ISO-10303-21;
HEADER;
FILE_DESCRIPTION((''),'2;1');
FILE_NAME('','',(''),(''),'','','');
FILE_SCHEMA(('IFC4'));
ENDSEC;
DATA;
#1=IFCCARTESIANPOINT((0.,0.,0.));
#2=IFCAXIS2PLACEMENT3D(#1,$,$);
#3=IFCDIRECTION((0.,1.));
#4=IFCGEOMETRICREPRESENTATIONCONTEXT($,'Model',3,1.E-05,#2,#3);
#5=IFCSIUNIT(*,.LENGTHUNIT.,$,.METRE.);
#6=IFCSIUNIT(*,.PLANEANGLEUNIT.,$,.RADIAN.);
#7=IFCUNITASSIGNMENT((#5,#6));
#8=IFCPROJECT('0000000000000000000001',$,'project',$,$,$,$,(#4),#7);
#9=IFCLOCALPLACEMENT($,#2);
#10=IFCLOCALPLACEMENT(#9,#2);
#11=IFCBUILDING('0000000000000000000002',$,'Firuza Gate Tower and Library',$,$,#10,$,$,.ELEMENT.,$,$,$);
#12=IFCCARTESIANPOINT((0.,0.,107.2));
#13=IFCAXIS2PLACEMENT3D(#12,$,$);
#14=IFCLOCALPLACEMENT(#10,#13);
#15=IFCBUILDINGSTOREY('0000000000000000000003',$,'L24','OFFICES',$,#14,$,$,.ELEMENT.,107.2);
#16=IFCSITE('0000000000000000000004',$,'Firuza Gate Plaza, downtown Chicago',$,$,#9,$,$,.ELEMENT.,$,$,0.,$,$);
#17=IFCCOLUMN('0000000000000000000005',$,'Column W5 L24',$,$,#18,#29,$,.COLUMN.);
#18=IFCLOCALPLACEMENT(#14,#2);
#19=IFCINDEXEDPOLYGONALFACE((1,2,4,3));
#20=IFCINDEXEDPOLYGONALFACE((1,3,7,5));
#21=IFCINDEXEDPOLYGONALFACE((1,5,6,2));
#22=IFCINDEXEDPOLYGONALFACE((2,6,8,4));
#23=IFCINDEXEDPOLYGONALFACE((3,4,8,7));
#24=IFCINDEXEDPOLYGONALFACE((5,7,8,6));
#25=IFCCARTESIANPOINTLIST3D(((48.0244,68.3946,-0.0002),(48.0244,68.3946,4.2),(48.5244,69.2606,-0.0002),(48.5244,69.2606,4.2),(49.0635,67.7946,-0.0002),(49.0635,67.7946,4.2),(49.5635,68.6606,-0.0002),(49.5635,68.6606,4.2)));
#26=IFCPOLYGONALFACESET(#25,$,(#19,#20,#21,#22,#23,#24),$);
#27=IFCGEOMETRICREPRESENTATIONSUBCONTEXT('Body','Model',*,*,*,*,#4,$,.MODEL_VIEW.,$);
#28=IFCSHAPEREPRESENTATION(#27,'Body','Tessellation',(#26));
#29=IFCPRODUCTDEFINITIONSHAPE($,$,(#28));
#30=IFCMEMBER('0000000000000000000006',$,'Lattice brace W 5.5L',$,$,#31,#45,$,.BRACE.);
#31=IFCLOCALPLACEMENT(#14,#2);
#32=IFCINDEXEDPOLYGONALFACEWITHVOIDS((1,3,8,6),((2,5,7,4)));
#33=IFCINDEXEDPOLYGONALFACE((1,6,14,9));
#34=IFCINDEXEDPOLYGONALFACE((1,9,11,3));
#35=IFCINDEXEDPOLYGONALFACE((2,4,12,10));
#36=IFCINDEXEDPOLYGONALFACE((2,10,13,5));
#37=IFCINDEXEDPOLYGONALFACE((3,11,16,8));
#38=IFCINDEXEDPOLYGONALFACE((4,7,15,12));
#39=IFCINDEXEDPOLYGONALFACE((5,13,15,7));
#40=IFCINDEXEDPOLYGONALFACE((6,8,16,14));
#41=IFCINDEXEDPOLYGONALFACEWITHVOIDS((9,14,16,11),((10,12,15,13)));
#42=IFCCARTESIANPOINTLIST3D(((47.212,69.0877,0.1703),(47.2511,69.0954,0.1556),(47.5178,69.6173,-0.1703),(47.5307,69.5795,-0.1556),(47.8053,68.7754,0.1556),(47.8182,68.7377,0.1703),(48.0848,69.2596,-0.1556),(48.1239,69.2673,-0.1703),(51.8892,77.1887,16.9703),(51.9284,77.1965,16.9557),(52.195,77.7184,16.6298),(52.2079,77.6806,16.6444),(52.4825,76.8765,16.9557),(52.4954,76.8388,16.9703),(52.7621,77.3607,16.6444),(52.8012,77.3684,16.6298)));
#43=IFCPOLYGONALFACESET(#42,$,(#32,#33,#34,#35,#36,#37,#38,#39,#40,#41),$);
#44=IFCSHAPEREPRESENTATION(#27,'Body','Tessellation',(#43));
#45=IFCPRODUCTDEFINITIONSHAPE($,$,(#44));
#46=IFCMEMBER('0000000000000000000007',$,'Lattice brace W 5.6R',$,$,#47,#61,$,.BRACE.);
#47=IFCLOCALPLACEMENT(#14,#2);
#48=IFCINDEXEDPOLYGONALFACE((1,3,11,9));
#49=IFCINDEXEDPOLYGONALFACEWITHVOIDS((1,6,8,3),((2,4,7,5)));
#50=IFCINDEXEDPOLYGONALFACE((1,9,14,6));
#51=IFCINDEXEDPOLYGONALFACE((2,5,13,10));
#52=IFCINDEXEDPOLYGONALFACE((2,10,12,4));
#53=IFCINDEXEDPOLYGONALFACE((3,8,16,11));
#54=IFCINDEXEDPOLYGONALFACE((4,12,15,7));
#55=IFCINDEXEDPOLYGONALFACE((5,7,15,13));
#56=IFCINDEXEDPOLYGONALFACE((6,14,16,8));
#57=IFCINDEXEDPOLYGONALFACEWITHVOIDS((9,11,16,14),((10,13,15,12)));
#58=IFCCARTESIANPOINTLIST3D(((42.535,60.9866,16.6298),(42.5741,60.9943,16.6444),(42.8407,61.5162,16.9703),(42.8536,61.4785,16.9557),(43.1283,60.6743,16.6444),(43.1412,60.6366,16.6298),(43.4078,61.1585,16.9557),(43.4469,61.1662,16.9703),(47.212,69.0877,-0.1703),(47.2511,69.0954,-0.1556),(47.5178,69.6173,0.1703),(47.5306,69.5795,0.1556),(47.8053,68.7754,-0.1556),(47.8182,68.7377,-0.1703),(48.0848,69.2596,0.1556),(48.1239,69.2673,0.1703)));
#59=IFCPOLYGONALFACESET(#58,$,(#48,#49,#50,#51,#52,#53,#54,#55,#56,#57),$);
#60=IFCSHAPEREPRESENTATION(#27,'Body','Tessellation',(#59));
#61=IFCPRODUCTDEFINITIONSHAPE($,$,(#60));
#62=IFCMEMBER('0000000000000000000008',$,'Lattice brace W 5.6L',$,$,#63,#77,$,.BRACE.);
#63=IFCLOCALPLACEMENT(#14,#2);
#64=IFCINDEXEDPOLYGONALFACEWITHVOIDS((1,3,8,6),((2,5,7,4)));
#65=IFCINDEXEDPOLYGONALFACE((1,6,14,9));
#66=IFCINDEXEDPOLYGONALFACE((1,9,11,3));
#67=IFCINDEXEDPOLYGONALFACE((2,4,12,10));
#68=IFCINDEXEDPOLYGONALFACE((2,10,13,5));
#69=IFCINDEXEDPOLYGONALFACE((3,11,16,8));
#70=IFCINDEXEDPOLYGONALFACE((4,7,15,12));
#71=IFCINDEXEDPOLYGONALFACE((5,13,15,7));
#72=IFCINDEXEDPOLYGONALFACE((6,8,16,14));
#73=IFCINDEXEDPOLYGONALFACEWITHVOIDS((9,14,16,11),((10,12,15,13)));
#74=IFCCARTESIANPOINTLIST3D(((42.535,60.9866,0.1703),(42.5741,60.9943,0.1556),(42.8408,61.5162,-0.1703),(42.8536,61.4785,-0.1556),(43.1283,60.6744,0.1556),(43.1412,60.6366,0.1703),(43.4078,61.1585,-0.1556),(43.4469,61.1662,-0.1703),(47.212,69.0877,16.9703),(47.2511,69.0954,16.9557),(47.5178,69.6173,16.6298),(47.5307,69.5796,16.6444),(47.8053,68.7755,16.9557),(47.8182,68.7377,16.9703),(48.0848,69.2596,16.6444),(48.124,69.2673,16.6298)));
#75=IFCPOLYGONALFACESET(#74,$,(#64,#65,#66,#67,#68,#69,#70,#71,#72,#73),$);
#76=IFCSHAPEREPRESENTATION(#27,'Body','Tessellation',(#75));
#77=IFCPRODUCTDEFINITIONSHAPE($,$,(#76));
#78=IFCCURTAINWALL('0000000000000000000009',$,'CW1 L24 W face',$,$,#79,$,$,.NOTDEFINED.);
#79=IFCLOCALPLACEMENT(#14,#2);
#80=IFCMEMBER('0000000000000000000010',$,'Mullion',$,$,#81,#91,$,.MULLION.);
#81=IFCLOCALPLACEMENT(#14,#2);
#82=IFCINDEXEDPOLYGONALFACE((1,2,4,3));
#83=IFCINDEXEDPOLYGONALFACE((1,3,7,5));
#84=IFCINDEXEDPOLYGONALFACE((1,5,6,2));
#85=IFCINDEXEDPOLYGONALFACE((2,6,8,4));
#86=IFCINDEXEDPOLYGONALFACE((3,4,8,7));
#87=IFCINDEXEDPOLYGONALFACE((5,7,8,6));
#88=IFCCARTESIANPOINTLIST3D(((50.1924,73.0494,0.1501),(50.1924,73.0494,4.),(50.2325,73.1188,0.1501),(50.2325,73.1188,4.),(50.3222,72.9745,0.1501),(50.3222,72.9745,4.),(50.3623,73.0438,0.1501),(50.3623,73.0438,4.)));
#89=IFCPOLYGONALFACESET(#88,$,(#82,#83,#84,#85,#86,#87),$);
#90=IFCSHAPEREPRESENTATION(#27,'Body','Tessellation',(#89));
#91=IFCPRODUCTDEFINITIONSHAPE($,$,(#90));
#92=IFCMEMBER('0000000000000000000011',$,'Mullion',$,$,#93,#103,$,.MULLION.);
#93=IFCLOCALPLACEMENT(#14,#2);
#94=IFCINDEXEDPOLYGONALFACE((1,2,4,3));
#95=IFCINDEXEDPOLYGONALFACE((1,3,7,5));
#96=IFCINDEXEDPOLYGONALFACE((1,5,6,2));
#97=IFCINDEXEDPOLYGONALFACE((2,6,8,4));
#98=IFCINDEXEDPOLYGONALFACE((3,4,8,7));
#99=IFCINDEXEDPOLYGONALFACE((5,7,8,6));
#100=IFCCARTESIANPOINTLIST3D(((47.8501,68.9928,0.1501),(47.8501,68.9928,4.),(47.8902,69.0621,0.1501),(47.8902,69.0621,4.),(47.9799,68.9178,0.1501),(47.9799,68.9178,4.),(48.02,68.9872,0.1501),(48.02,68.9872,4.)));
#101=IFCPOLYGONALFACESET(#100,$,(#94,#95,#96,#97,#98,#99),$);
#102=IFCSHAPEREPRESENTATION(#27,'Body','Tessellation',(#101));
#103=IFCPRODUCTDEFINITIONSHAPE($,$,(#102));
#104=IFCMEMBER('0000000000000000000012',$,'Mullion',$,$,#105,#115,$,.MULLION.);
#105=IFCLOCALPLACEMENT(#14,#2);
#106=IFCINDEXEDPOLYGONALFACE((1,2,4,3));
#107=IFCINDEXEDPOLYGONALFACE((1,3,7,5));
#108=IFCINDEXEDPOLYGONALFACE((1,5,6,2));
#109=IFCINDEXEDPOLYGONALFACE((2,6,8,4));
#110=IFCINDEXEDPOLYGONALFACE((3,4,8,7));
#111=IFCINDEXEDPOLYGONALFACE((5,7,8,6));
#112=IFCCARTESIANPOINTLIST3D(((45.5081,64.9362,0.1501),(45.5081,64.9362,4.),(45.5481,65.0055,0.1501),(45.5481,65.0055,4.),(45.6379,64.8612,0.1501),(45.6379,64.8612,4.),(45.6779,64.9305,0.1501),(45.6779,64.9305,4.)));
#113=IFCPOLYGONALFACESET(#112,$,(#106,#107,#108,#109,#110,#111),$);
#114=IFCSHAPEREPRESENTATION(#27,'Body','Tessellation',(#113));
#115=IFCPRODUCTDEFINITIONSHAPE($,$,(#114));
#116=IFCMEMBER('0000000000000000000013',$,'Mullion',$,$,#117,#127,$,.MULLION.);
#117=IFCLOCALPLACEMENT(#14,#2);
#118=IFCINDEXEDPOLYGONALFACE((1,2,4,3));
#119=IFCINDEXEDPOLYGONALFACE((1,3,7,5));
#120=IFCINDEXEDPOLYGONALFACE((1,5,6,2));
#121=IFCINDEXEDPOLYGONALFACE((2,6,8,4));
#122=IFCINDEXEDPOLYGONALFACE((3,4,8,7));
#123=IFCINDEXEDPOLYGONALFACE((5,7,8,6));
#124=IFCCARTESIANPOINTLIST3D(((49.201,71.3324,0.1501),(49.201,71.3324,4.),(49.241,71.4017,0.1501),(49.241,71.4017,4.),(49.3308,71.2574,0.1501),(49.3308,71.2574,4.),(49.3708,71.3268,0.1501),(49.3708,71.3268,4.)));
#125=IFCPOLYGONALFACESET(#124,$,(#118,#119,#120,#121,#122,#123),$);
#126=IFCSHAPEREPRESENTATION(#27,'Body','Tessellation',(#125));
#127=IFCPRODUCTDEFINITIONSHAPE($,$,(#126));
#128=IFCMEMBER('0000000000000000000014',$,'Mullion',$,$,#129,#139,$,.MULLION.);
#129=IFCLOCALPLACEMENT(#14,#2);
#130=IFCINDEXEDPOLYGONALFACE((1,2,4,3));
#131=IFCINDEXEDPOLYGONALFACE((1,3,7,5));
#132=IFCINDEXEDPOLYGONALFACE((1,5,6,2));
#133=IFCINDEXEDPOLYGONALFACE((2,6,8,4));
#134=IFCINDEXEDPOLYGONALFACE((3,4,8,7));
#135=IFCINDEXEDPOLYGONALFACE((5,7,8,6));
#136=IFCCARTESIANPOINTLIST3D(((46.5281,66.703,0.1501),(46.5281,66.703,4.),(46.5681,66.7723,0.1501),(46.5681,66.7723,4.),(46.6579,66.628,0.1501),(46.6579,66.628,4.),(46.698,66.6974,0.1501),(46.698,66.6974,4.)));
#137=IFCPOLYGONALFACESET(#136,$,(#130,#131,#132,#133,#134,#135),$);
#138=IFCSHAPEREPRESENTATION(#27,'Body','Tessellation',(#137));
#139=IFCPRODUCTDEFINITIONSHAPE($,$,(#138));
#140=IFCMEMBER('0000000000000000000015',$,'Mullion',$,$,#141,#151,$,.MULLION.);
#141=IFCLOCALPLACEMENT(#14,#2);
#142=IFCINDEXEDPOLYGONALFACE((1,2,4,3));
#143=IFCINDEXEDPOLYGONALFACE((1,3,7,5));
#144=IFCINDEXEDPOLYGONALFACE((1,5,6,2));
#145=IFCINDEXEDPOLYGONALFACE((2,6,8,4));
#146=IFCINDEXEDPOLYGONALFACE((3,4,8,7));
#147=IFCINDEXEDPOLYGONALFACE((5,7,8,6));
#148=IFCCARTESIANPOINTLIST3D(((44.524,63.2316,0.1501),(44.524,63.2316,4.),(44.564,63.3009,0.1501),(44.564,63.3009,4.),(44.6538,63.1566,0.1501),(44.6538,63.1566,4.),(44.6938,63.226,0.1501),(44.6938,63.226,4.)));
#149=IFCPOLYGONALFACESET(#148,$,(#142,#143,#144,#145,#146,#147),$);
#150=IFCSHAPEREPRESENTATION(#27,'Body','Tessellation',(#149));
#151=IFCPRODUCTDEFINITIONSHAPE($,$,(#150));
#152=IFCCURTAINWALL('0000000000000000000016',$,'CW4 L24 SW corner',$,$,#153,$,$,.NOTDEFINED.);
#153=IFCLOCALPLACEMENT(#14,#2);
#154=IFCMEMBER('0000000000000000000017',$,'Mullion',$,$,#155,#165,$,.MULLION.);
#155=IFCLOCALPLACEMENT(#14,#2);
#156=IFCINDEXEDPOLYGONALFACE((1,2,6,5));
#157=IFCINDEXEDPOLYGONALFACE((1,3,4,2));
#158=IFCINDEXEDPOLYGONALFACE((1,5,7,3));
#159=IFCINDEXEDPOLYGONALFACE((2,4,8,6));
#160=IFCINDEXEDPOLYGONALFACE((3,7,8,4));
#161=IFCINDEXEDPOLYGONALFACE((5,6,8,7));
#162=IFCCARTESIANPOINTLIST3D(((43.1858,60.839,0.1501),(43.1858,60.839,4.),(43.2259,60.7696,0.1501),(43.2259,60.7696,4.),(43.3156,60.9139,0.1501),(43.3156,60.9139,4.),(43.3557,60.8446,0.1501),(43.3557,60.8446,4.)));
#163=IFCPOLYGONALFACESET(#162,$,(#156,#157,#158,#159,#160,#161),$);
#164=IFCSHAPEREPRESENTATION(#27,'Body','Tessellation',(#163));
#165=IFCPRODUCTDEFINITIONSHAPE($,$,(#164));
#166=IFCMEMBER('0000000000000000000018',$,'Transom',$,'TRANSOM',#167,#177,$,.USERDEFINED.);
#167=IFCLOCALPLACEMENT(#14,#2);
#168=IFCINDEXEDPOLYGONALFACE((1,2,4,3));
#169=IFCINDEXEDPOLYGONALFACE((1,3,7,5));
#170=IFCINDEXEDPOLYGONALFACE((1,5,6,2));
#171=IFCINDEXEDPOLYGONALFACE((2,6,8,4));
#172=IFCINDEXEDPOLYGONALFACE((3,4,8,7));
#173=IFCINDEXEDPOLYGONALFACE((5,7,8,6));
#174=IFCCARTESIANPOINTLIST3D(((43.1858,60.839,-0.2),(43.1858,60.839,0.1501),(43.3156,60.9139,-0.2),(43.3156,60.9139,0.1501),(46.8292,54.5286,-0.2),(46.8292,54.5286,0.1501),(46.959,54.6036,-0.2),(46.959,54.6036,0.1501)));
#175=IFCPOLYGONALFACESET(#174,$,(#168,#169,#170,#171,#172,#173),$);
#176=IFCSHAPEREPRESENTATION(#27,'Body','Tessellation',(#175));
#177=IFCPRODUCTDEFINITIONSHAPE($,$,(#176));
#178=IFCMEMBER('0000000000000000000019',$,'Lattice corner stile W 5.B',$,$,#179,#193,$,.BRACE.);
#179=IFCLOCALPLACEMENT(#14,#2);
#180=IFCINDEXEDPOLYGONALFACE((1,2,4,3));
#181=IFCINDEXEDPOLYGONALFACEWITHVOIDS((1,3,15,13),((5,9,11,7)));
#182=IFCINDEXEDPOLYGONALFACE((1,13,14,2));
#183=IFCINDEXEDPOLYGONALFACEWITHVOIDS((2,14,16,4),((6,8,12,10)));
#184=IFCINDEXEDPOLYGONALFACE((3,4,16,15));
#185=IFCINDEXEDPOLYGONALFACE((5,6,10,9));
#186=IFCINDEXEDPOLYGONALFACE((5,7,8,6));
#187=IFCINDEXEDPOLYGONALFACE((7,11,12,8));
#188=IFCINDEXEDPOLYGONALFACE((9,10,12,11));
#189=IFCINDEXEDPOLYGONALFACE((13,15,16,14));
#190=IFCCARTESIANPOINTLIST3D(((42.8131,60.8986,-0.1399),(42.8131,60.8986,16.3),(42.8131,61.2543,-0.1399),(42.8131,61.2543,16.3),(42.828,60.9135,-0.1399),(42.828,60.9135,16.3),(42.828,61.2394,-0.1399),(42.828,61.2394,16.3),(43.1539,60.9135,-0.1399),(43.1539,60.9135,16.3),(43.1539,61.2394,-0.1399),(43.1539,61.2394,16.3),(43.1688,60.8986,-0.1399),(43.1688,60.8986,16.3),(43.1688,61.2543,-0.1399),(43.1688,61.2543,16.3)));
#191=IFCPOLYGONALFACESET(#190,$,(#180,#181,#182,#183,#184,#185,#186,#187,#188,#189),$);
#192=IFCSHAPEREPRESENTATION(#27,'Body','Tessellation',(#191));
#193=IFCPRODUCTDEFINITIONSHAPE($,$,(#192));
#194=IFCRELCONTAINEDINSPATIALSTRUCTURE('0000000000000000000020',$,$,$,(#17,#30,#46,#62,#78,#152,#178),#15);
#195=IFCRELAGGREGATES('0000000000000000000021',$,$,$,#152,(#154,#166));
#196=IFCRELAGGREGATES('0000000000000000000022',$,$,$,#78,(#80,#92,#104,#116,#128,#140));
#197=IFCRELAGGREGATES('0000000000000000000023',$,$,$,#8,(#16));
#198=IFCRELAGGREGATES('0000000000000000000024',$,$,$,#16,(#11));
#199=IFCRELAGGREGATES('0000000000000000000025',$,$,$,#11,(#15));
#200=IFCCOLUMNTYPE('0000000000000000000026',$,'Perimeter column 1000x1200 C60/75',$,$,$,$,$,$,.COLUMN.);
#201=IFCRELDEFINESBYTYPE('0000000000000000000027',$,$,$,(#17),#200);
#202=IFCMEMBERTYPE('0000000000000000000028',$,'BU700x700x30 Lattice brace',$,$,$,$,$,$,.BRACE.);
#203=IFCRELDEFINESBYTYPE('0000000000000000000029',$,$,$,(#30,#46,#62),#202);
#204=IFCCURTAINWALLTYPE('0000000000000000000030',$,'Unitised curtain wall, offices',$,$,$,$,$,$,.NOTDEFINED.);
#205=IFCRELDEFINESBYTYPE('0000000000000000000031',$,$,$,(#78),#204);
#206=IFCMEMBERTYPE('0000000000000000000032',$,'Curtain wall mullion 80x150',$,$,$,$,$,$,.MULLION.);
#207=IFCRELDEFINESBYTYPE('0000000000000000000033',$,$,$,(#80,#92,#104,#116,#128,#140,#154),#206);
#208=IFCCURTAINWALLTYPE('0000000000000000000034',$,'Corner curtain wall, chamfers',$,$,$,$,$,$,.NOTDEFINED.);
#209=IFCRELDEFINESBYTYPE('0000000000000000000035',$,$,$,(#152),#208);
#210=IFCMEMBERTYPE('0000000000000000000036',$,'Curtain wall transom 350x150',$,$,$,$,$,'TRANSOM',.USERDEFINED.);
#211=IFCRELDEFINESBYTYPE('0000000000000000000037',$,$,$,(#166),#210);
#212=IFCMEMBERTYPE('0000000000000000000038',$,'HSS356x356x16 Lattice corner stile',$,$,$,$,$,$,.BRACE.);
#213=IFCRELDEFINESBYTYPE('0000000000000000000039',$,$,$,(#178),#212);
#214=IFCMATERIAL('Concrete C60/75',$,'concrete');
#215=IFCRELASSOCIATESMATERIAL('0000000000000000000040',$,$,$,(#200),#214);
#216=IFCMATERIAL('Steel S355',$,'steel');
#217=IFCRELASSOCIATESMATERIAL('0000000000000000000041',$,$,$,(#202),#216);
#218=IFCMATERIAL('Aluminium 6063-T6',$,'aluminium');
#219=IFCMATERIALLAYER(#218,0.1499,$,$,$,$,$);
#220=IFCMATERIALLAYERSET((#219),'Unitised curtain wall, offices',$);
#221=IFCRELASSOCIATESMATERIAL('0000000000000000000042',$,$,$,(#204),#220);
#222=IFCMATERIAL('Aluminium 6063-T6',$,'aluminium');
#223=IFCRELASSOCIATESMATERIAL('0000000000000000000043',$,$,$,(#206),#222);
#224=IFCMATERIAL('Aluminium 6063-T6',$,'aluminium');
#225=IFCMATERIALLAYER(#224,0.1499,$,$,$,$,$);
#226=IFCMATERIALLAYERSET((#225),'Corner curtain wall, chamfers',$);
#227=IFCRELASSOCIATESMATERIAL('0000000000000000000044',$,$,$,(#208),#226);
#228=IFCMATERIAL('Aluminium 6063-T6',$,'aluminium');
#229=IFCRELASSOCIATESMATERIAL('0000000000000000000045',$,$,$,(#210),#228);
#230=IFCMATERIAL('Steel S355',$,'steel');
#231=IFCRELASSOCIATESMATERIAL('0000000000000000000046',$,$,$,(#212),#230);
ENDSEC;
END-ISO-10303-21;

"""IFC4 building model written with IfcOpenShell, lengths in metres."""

from ifc_helpers import new_model, si_unit, direction, frame, origin, origin_2d, place, context, subcontext, project, spatial, rectangle, hollow_rectangle, extrude, material, layer, layer_set, material_profile, profile_set, type_object, element, aggregate, save


model = new_model("IFC4")

# Units and contexts
model_context = context("Model", 3, precision=1e-05, world=origin(), true_north=direction((0.0, 1.0)))
body_context = subcontext(model_context, "Body", "Model", "MODEL_VIEW")
ifc_project = project(units=[si_unit("LENGTHUNIT", "METRE"), si_unit("PLANEANGLEUNIT", "RADIAN")], contexts=[model_context])

# Site, building, storey
site_placement = place(None, origin())
site = spatial("IfcSite", under=ifc_project, at=site_placement, Name="Firuza Gate Plaza, downtown Chicago", CompositionType="ELEMENT", RefElevation=0.0)
building_placement = place(site_placement, origin())
building = spatial("IfcBuilding", under=site, at=building_placement, Name="Firuza Gate Tower and Library", CompositionType="ELEMENT")
storey_placement = place(building_placement, frame((0.0, 0.0, 107.2)))
storey = spatial("IfcBuildingStorey", under=building, at=storey_placement, Name="L24", Description="OFFICES", CompositionType="ELEMENT", Elevation=107.2)

# Column
ifc_material_1 = material(Name="Concrete C60/75", Category="concrete")
ifc_material_profile_1 = material_profile(ifc_material_1, rectangle(XDim=1.0, YDim=1.2, at=origin_2d()))
ifc_profile_set_1 = profile_set([ifc_material_profile_1], Name="Concrete C60/75")
column_type = type_object("IfcColumnType", Name="Perimeter column 1000x1200 C60/75", PredefinedType="COLUMN", material=ifc_profile_set_1)
column_placement = place(storey_placement, frame((48.7939, 68.5276, -0.0002), z_axis=(0.0, 0.0, 1.0), x_axis=(-0.5, -0.866025, 0.0)))
element("IfcColumn", 1, at=column_placement, inside=storey, type_object=column_type, Name="Column W5 L24", PredefinedType="COLUMN", context=body_context, shape_type="SweptSolid", body=[
    extrude(rectangle(XDim=1.0, YDim=1.2, at=origin_2d()), origin(), (0.0, 0.0, 1.0), 4.2002),
])

# Members
ifc_material_2 = material(Name="Steel S355", Category="steel")
ifc_material_profile_2 = material_profile(ifc_material_2, hollow_rectangle(XDim=0.7, YDim=0.7, WallThickness=0.03, at=origin_2d()))
ifc_profile_set_2 = profile_set([ifc_material_profile_2], Name="Steel S355")
member_type_1 = type_object("IfcMemberType", Name="BU700x700x30 Lattice brace", PredefinedType="BRACE", material=ifc_profile_set_2)
for number, where, z_axis, x_axis, name in (
    (2, (47.668, 69.1775, 0.0), (0.243242, 0.4213, 0.873693), (-0.866021, 0.500007, 0.0), "Lattice brace W 5.5L"),
    (3, (47.668, 69.1775, 0.0), (-0.24323, -0.421301, 0.873696), (0.866033, -0.499988, 0.0), "Lattice brace W 5.6R"),
    (4, (42.991, 61.0764, 0.0), (0.24323, 0.421301, 0.873696), (-0.866033, 0.499988, 0.0), "Lattice brace W 5.6L"),
):
    element("IfcMember", number, at=place(storey_placement, frame(where, z_axis=z_axis, x_axis=x_axis)), inside=storey, type_object=member_type_1, Name=name, PredefinedType="BRACE", context=body_context, shape_type="SweptSolid", body=[
        extrude(hollow_rectangle(XDim=0.7, YDim=0.7, WallThickness=0.03, at=origin_2d()), origin(), (0.0, 0.0, 1.0), 19.2288),
    ])

# Curtain walls, members
ifc_material_3 = material(Name="Aluminium 6063-T6", Category="aluminium")
ifc_layer_1 = layer(ifc_material_3, 0.1499)
ifc_layer_set_1 = layer_set([ifc_layer_1], Name="Unitised curtain wall, offices")
curtain_wall_type_1 = type_object("IfcCurtainWallType", Name="Unitised curtain wall, offices", PredefinedType="NOTDEFINED", material=ifc_layer_set_1)
placement = place(storey_placement, origin())
curtain_wall_1 = element("IfcCurtainWall", 5, at=placement, inside=storey, type_object=curtain_wall_type_1, Name="CW1 L24 W face", PredefinedType="NOTDEFINED")
ifc_material_4 = material(Name="Aluminium 6063-T6", Category="aluminium")
ifc_material_profile_3 = material_profile(ifc_material_4, rectangle(XDim=0.1499, YDim=0.0801, at=origin_2d()))
ifc_profile_set_3 = profile_set([ifc_material_profile_3], Name="Aluminium 6063-T6")
member_type_2 = type_object("IfcMemberType", Name="Curtain wall mullion 80x150", PredefinedType="MULLION", material=ifc_profile_set_3)
member_1_placement = place(storey_placement, frame((50.2773, 73.0466, 0.1501), z_axis=(0.0, 0.0, 1.0), x_axis=(0.866025, -0.5, 0.0)))
member_1 = element("IfcMember", 6, at=member_1_placement, type_object=member_type_2, Name="Mullion", PredefinedType="MULLION", context=body_context, shape_type="SweptSolid", body=[
    extrude(rectangle(XDim=0.1499, YDim=0.0801, at=origin_2d()), origin(), (0.0, 0.0, 1.0), 3.8499),
])
member_2_placement = place(storey_placement, frame((47.9351, 68.99, 0.1501), z_axis=(0.0, 0.0, 1.0), x_axis=(0.866025, -0.5, 0.0)))
member_2 = element("IfcMember", 7, at=member_2_placement, type_object=member_type_2, Name="Mullion", PredefinedType="MULLION", context=body_context, shape_type="SweptSolid", body=[
    extrude(rectangle(XDim=0.1499, YDim=0.0801, at=origin_2d()), origin(), (0.0, 0.0, 1.0), 3.8499),
])
member_3_placement = place(storey_placement, frame((45.593, 64.9333, 0.1501), z_axis=(0.0, 0.0, 1.0), x_axis=(0.866025, -0.5, 0.0)))
member_3 = element("IfcMember", 8, at=member_3_placement, type_object=member_type_2, Name="Mullion", PredefinedType="MULLION", context=body_context, shape_type="SweptSolid", body=[
    extrude(rectangle(XDim=0.1499, YDim=0.0801, at=origin_2d()), origin(), (0.0, 0.0, 1.0), 3.8499),
])
member_4_placement = place(storey_placement, frame((49.2859, 71.3296, 0.1501), z_axis=(0.0, 0.0, 1.0), x_axis=(0.866025, -0.5, 0.0)))
member_4 = element("IfcMember", 9, at=member_4_placement, type_object=member_type_2, Name="Mullion", PredefinedType="MULLION", context=body_context, shape_type="SweptSolid", body=[
    extrude(rectangle(XDim=0.1499, YDim=0.0801, at=origin_2d()), origin(), (0.0, 0.0, 1.0), 3.8499),
])
member_5_placement = place(storey_placement, frame((46.613, 66.7002, 0.1501), z_axis=(0.0, 0.0, 1.0), x_axis=(0.866025, -0.5, 0.0)))
member_5 = element("IfcMember", 10, at=member_5_placement, type_object=member_type_2, Name="Mullion", PredefinedType="MULLION", context=body_context, shape_type="SweptSolid", body=[
    extrude(rectangle(XDim=0.1499, YDim=0.0801, at=origin_2d()), origin(), (0.0, 0.0, 1.0), 3.8499),
])
member_6_placement = place(storey_placement, frame((44.6089, 63.2288, 0.1501), z_axis=(0.0, 0.0, 1.0), x_axis=(0.866025, -0.5, 0.0)))
member_6 = element("IfcMember", 11, at=member_6_placement, type_object=member_type_2, Name="Mullion", PredefinedType="MULLION", context=body_context, shape_type="SweptSolid", body=[
    extrude(rectangle(XDim=0.1499, YDim=0.0801, at=origin_2d()), origin(), (0.0, 0.0, 1.0), 3.8499),
])
ifc_material_5 = material(Name="Aluminium 6063-T6", Category="aluminium")
ifc_layer_2 = layer(ifc_material_5, 0.1499)
ifc_layer_set_2 = layer_set([ifc_layer_2], Name="Corner curtain wall, chamfers")
curtain_wall_type_2 = type_object("IfcCurtainWallType", Name="Corner curtain wall, chamfers", PredefinedType="NOTDEFINED", material=ifc_layer_set_2)
curtain_wall_2 = element("IfcCurtainWall", 12, at=placement, inside=storey, type_object=curtain_wall_type_2, Name="CW4 L24 SW corner", PredefinedType="NOTDEFINED")
member_7_placement = place(storey_placement, frame((43.2708, 60.8418, 0.1501), z_axis=(0.0, 0.0, 1.0), x_axis=(0.866025, 0.5, 0.0)))
member_7 = element("IfcMember", 13, at=member_7_placement, type_object=member_type_2, Name="Mullion", PredefinedType="MULLION", context=body_context, shape_type="SweptSolid", body=[
    extrude(rectangle(XDim=0.1499, YDim=0.0801, at=origin_2d()), origin(), (0.0, 0.0, 1.0), 3.8499),
])
ifc_material_6 = material(Name="Aluminium 6063-T6", Category="aluminium")
ifc_material_profile_4 = material_profile(ifc_material_6, rectangle(XDim=0.1499, YDim=0.3501, at=origin_2d()))
ifc_profile_set_4 = profile_set([ifc_material_profile_4], Name="Aluminium 6063-T6")
member_type_3 = type_object("IfcMemberType", Name="Curtain wall transom 350x150", ElementType="TRANSOM", PredefinedType="USERDEFINED", material=ifc_profile_set_4)
member_8_placement = place(storey_placement, frame((43.2507, 60.8765, -0.0249), z_axis=(0.500006, -0.866022, 0.0), x_axis=(0.866022, 0.500006, 0.0)))
member_8 = element("IfcMember", 14, at=member_8_placement, type_object=member_type_3, Name="Transom", ObjectType="TRANSOM", PredefinedType="USERDEFINED", context=body_context, shape_type="SweptSolid", body=[
    extrude(rectangle(XDim=0.1499, YDim=0.3501, at=origin_2d()), origin(), (0.0, 0.0, 1.0), 7.2866),
])

# Member
ifc_material_7 = material(Name="Steel S355", Category="steel")
ifc_material_profile_5 = material_profile(ifc_material_7, hollow_rectangle(XDim=0.3557, YDim=0.3557, WallThickness=0.0149, at=origin_2d()))
ifc_profile_set_5 = profile_set([ifc_material_profile_5], Name="Steel S355")
member_type_4 = type_object("IfcMemberType", Name="HSS356x356x16 Lattice corner stile", PredefinedType="BRACE", material=ifc_profile_set_5)
member_9_placement = place(storey_placement, frame((42.991, 61.0764, -0.1399), z_axis=(0.0, 0.0, 1.0), x_axis=(1.0, 0.0, 0.0)))
element("IfcMember", 15, at=member_9_placement, inside=storey, type_object=member_type_4, Name="Lattice corner stile W 5.B", PredefinedType="BRACE", context=body_context, shape_type="SweptSolid", body=[
    extrude(hollow_rectangle(XDim=0.3557, YDim=0.3557, WallThickness=0.0149, at=origin_2d()), origin(), (0.0, 0.0, 1.0), 16.4399),
])

aggregate(curtain_wall_2, [member_7, member_8])
aggregate(curtain_wall_1, [member_1, member_2, member_3, member_4, member_5, member_6])

save(model, "model.ifc")
